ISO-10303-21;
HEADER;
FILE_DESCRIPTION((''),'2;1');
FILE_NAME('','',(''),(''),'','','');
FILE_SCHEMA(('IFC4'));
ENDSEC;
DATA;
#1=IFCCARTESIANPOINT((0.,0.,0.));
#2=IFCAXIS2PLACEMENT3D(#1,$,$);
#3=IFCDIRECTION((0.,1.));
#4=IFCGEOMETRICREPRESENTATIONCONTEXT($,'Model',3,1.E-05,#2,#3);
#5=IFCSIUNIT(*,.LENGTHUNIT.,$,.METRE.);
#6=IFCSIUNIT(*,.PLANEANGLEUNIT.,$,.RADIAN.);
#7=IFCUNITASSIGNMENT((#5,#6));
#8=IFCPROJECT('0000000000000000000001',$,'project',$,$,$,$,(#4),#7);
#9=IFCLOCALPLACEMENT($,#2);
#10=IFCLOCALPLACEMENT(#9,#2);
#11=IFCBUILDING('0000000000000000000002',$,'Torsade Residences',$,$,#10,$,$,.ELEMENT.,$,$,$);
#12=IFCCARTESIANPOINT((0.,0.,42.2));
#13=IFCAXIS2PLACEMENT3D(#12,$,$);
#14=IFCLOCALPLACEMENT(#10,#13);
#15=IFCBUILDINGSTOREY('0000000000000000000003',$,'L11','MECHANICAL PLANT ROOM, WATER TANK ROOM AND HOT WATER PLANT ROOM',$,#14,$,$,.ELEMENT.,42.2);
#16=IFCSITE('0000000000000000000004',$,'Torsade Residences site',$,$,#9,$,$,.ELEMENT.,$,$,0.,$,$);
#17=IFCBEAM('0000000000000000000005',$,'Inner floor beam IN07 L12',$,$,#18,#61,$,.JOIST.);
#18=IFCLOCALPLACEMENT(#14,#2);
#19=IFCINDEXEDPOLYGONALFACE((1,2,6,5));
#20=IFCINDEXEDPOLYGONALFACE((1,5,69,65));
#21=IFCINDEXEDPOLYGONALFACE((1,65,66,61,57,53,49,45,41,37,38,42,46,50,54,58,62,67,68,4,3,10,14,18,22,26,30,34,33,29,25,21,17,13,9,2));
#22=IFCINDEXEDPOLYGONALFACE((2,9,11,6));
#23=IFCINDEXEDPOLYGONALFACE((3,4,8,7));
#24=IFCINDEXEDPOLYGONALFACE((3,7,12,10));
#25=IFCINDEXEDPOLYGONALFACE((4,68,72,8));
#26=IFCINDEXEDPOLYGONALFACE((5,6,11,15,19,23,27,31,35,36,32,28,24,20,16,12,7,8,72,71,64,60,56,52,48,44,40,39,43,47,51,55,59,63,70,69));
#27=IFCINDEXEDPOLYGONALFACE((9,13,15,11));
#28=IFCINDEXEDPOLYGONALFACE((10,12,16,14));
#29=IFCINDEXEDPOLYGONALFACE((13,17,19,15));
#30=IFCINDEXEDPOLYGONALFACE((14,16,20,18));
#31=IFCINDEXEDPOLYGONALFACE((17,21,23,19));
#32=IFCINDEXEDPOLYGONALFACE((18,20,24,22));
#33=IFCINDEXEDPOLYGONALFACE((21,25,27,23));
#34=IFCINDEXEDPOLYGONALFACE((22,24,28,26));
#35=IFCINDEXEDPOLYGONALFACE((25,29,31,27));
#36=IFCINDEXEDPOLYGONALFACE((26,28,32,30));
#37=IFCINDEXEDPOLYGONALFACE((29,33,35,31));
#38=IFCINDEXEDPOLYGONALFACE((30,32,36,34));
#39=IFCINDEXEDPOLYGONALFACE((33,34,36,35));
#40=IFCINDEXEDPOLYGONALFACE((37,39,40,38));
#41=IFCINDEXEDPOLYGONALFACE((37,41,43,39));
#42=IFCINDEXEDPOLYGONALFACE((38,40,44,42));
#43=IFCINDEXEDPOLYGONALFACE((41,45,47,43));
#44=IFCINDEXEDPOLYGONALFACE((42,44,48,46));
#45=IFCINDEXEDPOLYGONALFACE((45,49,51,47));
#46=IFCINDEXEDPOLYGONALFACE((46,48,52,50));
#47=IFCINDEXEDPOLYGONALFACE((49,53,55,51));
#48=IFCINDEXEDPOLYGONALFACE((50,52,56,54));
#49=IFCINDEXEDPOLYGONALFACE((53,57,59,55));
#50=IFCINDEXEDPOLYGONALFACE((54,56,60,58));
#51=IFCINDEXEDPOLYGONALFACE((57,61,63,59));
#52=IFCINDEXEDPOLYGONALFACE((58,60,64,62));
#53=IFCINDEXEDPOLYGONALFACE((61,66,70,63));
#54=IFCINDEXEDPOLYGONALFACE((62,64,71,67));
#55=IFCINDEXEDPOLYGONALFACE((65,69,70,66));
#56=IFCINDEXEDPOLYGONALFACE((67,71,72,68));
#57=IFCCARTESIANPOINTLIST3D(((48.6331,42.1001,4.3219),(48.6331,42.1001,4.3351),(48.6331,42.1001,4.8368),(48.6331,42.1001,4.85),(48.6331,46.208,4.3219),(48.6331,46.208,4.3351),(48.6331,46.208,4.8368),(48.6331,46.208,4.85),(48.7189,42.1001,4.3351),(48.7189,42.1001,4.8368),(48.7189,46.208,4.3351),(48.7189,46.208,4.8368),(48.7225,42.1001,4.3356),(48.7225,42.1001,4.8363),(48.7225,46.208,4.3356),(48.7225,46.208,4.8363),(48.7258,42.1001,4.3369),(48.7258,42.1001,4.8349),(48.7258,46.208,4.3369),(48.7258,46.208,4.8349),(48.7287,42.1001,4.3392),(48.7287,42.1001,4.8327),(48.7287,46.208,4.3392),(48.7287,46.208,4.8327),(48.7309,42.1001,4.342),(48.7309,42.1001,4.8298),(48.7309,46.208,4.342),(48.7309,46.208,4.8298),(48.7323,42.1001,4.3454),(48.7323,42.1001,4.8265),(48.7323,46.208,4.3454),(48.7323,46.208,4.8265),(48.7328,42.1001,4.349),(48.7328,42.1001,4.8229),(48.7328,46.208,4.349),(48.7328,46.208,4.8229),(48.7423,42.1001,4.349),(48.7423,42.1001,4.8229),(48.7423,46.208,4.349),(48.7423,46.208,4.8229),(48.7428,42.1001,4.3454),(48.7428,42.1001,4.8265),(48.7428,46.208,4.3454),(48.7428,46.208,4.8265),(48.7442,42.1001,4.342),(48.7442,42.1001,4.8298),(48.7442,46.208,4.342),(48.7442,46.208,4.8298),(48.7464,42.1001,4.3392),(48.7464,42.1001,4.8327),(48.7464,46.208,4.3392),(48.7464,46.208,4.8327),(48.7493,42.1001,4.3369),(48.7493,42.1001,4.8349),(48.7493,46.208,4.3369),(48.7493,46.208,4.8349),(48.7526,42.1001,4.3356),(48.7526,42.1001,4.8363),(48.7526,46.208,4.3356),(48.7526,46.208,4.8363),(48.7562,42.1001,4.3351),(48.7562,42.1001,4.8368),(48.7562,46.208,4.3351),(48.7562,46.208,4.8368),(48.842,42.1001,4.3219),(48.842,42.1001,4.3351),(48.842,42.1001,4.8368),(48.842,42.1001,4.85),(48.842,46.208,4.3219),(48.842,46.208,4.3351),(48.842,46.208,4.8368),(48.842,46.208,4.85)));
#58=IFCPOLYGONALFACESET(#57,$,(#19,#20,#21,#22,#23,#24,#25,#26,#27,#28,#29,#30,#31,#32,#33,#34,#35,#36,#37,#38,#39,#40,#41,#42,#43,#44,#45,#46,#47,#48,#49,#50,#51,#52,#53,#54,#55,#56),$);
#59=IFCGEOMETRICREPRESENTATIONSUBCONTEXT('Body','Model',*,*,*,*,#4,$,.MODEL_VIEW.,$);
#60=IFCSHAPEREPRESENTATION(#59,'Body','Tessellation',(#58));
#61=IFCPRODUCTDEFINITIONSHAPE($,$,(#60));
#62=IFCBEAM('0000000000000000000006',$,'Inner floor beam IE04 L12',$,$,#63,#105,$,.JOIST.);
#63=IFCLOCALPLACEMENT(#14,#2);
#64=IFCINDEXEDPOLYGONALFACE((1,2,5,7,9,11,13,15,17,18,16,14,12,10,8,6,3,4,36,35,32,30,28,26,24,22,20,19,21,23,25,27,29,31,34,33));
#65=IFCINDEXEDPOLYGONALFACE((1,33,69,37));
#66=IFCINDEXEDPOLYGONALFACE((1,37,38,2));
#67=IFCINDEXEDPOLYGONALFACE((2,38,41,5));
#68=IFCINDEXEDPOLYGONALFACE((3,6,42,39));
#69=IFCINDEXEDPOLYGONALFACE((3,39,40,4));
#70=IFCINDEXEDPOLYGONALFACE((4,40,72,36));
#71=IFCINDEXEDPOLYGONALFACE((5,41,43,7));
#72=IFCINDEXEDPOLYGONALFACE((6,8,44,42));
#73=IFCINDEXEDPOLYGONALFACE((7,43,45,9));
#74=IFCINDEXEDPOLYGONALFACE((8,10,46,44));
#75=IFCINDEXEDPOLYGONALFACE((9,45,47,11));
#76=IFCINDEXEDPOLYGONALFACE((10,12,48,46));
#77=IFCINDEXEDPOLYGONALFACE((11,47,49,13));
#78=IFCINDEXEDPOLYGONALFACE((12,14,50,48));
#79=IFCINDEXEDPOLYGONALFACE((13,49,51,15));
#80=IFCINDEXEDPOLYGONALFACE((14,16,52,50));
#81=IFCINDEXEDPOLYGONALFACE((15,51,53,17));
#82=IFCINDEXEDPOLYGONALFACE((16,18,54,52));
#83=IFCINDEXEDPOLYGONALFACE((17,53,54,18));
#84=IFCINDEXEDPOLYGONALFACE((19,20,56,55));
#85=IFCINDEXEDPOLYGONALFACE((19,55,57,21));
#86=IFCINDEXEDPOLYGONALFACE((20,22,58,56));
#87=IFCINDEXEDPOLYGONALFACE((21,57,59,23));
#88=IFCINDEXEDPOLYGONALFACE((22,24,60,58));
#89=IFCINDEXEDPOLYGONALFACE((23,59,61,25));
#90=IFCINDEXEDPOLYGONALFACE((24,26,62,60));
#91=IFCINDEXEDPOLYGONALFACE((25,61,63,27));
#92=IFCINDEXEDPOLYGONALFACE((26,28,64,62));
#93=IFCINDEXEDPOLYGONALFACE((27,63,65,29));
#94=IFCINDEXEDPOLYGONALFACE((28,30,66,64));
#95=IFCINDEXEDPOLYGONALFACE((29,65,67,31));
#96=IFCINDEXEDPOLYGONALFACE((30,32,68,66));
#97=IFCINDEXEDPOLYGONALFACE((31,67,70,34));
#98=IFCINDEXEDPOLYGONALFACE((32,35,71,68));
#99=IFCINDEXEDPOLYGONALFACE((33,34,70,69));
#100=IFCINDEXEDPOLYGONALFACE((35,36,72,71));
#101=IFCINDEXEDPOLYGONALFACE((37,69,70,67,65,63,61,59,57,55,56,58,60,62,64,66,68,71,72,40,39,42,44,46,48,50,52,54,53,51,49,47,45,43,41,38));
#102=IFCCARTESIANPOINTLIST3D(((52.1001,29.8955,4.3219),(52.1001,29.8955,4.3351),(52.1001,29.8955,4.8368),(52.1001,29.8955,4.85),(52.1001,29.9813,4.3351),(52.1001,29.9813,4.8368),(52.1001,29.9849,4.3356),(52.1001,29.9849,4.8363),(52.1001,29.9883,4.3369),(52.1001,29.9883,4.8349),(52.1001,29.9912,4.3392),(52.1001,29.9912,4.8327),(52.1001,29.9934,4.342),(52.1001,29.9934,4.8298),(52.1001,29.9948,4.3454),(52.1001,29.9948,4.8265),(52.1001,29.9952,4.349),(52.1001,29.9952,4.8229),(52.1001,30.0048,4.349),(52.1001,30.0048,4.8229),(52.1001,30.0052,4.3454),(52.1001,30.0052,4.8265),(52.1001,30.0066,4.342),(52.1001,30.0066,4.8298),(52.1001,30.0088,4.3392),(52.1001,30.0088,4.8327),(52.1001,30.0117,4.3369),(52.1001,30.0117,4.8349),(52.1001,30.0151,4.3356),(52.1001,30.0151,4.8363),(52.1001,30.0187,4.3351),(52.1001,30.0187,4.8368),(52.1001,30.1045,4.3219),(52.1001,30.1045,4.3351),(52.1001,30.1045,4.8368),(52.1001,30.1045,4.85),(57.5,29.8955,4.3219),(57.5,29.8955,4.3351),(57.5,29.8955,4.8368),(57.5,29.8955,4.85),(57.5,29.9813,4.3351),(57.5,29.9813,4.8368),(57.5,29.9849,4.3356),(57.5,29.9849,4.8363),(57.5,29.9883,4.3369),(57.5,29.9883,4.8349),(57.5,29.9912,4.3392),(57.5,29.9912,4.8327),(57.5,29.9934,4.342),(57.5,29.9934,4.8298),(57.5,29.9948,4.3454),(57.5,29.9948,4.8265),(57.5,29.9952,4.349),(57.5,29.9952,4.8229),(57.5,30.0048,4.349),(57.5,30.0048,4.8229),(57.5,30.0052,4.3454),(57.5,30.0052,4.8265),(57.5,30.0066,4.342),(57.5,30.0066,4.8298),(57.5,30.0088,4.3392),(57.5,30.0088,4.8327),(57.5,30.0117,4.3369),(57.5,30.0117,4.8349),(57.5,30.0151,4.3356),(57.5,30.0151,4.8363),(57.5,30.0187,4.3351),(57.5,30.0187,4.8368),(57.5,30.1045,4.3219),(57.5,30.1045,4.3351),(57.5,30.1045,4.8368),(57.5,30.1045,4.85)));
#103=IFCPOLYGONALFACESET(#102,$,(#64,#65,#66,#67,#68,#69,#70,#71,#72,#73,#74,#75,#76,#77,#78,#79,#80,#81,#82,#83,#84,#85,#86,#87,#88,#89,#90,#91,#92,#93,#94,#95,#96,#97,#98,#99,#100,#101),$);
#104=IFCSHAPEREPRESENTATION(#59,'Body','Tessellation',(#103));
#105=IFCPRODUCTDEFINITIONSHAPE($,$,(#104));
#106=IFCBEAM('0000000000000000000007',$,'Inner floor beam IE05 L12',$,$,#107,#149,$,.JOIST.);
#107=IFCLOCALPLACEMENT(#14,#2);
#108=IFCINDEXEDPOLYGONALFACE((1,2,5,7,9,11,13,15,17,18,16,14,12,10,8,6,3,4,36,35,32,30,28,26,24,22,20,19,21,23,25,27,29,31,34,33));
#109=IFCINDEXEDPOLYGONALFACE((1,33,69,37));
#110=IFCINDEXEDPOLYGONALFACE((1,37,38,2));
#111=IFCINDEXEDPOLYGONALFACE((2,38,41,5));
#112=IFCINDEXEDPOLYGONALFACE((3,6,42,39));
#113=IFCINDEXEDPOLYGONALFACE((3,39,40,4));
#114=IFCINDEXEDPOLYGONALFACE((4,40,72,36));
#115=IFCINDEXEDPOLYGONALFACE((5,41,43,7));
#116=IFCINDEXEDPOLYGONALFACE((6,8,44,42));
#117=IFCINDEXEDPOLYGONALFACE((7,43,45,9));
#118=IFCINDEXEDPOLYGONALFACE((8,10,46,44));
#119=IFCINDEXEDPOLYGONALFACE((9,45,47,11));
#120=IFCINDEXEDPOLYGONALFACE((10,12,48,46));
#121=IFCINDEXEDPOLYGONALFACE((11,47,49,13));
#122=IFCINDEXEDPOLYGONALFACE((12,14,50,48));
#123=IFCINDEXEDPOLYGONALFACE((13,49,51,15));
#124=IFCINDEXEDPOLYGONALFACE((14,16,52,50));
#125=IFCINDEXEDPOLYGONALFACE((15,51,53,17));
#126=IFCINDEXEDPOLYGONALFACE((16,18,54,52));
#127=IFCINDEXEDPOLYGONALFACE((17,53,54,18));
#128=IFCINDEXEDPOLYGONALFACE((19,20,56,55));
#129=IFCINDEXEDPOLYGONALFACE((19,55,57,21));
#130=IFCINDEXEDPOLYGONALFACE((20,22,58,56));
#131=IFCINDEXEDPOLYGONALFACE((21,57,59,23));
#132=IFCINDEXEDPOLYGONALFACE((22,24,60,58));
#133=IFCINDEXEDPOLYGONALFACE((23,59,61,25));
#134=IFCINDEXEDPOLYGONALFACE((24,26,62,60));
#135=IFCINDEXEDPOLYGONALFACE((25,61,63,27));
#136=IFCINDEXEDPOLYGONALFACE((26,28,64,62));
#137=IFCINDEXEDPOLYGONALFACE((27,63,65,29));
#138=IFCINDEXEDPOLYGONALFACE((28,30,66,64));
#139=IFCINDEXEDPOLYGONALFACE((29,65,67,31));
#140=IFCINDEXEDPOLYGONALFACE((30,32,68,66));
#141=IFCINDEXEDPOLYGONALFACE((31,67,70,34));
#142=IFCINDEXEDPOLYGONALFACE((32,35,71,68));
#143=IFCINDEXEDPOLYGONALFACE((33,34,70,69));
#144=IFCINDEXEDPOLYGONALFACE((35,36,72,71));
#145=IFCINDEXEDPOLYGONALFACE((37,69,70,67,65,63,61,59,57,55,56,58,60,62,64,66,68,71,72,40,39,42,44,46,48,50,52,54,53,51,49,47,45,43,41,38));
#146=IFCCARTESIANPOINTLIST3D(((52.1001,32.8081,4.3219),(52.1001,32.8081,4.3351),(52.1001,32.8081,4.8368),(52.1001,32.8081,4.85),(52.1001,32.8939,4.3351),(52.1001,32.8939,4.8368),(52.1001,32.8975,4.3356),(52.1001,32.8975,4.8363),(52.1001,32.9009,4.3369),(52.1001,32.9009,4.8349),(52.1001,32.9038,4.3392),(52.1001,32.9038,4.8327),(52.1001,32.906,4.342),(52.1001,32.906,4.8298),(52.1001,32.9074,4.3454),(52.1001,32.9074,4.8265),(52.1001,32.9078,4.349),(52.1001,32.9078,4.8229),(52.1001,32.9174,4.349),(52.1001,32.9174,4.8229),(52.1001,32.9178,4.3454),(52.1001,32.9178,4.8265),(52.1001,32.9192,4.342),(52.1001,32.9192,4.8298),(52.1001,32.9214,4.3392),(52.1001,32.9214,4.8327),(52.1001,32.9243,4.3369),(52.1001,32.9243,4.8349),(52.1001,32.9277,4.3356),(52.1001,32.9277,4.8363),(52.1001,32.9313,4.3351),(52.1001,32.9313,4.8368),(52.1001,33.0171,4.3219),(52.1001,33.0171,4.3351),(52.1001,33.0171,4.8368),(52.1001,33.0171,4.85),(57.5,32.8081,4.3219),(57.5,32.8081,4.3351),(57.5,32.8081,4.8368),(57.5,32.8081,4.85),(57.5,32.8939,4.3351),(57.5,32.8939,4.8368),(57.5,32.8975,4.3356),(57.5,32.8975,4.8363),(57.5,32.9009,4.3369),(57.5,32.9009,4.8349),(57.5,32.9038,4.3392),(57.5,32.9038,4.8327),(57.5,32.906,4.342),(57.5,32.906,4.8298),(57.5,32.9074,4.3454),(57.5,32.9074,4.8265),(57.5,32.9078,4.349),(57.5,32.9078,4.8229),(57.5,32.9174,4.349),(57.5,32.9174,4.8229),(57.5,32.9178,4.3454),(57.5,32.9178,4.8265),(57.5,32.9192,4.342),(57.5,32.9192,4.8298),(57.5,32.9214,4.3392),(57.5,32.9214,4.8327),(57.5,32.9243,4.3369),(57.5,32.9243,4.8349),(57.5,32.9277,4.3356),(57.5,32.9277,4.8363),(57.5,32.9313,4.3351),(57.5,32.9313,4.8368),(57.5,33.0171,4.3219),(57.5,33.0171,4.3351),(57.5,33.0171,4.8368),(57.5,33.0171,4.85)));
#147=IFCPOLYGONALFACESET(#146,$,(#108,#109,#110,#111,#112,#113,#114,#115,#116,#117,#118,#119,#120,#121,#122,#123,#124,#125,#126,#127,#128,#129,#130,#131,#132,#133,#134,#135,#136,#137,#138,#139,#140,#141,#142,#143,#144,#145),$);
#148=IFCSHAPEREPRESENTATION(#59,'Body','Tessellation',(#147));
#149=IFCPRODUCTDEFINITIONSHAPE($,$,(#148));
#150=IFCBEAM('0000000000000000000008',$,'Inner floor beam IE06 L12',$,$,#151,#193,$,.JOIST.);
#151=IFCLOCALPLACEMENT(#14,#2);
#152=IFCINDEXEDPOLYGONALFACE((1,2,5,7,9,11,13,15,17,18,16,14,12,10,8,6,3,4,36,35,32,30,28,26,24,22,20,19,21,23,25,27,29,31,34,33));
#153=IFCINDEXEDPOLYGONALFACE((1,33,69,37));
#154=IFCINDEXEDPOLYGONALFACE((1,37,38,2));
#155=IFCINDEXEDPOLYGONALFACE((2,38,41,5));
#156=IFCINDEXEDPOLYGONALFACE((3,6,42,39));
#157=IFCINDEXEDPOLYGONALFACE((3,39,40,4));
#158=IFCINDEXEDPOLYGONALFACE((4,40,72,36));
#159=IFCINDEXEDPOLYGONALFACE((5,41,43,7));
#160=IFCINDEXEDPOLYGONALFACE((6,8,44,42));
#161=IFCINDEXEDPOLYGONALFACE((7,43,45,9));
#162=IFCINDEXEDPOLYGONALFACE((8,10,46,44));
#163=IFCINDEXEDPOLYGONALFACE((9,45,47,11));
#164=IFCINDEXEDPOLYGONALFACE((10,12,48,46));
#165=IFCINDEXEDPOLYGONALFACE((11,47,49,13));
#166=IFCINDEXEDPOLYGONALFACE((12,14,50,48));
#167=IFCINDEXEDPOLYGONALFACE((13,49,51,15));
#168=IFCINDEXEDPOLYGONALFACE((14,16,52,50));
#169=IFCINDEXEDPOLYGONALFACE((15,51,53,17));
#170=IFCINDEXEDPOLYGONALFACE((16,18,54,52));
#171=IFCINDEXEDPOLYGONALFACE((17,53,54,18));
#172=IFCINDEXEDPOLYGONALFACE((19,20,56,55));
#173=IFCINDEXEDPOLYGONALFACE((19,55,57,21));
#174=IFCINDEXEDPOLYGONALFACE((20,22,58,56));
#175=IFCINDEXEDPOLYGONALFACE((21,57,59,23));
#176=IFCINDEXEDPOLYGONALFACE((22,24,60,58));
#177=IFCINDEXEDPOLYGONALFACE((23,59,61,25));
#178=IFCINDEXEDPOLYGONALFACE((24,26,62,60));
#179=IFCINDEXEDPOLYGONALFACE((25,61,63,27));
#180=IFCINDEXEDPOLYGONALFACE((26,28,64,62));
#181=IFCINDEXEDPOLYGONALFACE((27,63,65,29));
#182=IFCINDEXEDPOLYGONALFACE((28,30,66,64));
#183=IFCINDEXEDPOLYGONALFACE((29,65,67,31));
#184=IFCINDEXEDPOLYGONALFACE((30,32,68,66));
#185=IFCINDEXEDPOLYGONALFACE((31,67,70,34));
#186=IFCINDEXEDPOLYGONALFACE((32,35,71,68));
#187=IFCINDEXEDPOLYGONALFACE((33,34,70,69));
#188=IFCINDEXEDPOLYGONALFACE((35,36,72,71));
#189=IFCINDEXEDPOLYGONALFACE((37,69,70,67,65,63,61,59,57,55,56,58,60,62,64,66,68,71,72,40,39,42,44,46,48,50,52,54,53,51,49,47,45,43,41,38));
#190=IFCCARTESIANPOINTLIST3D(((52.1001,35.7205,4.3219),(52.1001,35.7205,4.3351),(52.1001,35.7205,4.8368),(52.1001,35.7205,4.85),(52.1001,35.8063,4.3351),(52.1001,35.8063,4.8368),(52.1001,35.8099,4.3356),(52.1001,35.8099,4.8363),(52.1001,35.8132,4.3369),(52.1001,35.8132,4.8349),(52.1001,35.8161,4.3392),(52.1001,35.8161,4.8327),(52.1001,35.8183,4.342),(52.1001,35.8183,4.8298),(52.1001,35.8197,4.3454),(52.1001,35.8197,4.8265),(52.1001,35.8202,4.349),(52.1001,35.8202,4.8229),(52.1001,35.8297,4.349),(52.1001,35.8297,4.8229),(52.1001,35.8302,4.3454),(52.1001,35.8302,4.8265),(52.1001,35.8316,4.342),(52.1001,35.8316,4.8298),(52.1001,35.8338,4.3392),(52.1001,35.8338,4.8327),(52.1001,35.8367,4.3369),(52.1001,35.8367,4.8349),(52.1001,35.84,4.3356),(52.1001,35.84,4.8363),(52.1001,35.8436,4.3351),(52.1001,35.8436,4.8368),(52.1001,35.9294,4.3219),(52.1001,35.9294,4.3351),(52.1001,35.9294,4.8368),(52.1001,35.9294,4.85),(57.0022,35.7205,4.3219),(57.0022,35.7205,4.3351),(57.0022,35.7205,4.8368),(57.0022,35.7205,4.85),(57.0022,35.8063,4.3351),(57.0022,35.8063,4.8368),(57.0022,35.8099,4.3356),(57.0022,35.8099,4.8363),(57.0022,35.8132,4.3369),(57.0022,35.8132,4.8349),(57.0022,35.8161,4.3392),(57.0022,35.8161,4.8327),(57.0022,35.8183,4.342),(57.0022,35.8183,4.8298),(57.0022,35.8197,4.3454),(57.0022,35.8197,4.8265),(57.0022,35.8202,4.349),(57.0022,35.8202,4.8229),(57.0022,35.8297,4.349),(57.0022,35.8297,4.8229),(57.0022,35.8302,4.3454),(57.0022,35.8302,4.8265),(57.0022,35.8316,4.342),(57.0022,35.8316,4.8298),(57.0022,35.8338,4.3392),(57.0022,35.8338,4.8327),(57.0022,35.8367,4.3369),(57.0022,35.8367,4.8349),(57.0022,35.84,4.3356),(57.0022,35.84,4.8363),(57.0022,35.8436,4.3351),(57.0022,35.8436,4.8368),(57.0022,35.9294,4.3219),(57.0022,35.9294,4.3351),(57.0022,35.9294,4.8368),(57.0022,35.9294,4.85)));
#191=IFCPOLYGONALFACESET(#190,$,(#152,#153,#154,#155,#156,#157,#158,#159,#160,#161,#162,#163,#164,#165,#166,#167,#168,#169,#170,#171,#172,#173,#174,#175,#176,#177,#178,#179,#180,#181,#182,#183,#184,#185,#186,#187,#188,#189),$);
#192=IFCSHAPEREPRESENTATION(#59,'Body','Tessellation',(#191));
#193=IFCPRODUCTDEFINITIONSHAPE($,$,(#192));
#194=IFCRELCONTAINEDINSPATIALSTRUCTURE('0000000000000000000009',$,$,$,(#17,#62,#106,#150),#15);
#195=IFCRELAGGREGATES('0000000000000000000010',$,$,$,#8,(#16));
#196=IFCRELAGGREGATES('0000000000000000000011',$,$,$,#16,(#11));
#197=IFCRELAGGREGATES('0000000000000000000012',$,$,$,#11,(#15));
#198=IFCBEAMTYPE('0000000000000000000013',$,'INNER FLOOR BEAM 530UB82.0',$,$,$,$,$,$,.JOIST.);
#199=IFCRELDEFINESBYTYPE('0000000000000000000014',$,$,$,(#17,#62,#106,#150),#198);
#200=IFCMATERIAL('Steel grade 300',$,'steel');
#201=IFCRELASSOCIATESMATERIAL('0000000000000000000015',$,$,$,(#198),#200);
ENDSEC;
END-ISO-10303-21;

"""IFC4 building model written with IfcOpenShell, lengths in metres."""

from ifc_helpers import new_model, si_unit, direction, frame, origin, origin_2d, place, context, subcontext, project, spatial, i_section, extrude, material, material_profile, profile_set, type_object, element, save


model = new_model("IFC4")

# Units and contexts
model_context = context("Model", 3, precision=1e-05, world=origin(), true_north=direction((0.0, 1.0)))
body_context = subcontext(model_context, "Body", "Model", "MODEL_VIEW")
ifc_project = project(units=[si_unit("LENGTHUNIT", "METRE"), si_unit("PLANEANGLEUNIT", "RADIAN")], contexts=[model_context])

# Site, building, storey
site_placement = place(None, origin())
site = spatial("IfcSite", under=ifc_project, at=site_placement, Name="Torsade Residences site", CompositionType="ELEMENT", RefElevation=0.0)
building_placement = place(site_placement, origin())
building = spatial("IfcBuilding", under=site, at=building_placement, Name="Torsade Residences", CompositionType="ELEMENT")
storey_placement = place(building_placement, frame((0.0, 0.0, 42.2)))
storey = spatial("IfcBuildingStorey", under=building, at=storey_placement, Name="L11", Description="MECHANICAL PLANT ROOM, WATER TANK ROOM AND HOT WATER PLANT ROOM", CompositionType="ELEMENT", Elevation=42.2)

# Beams
ifc_material_1 = material(Name="Steel grade 300", Category="steel")
ifc_material_profile_1 = material_profile(ifc_material_1, i_section(OverallWidth=0.209, OverallDepth=0.5281, WebThickness=0.0095, FlangeThickness=0.0132, FilletRadius=0.0139, at=origin_2d()), Name="530UB82.0")
ifc_profile_set_1 = profile_set([ifc_material_profile_1], Name="Steel grade 300")
beam_type = type_object("IfcBeamType", Name="INNER FLOOR BEAM 530UB82.0", PredefinedType="JOIST", material=ifc_profile_set_1)
beam_1_placement = place(storey_placement, frame((48.7375, 42.1001, 4.5859), z_axis=(0.0, 1.0, 0.0), x_axis=(-1.0, 0.0, 0.0)))
element("IfcBeam", 1, at=beam_1_placement, inside=storey, type_object=beam_type, Name="Inner floor beam IN07 L12", PredefinedType="JOIST", context=body_context, shape_type="SweptSolid", body=[
    extrude(i_section(OverallWidth=0.209, OverallDepth=0.5281, WebThickness=0.0095, FlangeThickness=0.0132, FilletRadius=0.0139, at=origin_2d()), origin(), (0.0, 0.0, 1.0), 4.1079),
])
for number, where, z_axis, x_axis, name in (
    (2, (52.1001, 30.0, 4.5859), (1.0, 0.0, 0.0), (0.0, 1.0, 0.0), "Inner floor beam IE04 L12"),
    (3, (52.1001, 32.9126, 4.5859), (1.0, 0.0, 0.0), (0.0, 1.0, 0.0), "Inner floor beam IE05 L12"),
):
    element("IfcBeam", number, at=place(storey_placement, frame(where, z_axis=z_axis, x_axis=x_axis)), inside=storey, type_object=beam_type, Name=name, PredefinedType="JOIST", context=body_context, shape_type="SweptSolid", body=[
        extrude(i_section(OverallWidth=0.209, OverallDepth=0.5281, WebThickness=0.0095, FlangeThickness=0.0132, FilletRadius=0.0139, at=origin_2d()), origin(), (0.0, 0.0, 1.0), 5.3999),
    ])
beam_2_placement = place(storey_placement, frame((52.1001, 35.825, 4.5859), z_axis=(1.0, 0.0, 0.0), x_axis=(0.0, 1.0, 0.0)))
element("IfcBeam", 4, at=beam_2_placement, inside=storey, type_object=beam_type, Name="Inner floor beam IE06 L12", PredefinedType="JOIST", context=body_context, shape_type="SweptSolid", body=[
    extrude(i_section(OverallWidth=0.209, OverallDepth=0.5281, WebThickness=0.0095, FlangeThickness=0.0132, FilletRadius=0.0139, at=origin_2d()), origin(), (0.0, 0.0, 1.0), 4.9021),
])

save(model, "model.ifc")
